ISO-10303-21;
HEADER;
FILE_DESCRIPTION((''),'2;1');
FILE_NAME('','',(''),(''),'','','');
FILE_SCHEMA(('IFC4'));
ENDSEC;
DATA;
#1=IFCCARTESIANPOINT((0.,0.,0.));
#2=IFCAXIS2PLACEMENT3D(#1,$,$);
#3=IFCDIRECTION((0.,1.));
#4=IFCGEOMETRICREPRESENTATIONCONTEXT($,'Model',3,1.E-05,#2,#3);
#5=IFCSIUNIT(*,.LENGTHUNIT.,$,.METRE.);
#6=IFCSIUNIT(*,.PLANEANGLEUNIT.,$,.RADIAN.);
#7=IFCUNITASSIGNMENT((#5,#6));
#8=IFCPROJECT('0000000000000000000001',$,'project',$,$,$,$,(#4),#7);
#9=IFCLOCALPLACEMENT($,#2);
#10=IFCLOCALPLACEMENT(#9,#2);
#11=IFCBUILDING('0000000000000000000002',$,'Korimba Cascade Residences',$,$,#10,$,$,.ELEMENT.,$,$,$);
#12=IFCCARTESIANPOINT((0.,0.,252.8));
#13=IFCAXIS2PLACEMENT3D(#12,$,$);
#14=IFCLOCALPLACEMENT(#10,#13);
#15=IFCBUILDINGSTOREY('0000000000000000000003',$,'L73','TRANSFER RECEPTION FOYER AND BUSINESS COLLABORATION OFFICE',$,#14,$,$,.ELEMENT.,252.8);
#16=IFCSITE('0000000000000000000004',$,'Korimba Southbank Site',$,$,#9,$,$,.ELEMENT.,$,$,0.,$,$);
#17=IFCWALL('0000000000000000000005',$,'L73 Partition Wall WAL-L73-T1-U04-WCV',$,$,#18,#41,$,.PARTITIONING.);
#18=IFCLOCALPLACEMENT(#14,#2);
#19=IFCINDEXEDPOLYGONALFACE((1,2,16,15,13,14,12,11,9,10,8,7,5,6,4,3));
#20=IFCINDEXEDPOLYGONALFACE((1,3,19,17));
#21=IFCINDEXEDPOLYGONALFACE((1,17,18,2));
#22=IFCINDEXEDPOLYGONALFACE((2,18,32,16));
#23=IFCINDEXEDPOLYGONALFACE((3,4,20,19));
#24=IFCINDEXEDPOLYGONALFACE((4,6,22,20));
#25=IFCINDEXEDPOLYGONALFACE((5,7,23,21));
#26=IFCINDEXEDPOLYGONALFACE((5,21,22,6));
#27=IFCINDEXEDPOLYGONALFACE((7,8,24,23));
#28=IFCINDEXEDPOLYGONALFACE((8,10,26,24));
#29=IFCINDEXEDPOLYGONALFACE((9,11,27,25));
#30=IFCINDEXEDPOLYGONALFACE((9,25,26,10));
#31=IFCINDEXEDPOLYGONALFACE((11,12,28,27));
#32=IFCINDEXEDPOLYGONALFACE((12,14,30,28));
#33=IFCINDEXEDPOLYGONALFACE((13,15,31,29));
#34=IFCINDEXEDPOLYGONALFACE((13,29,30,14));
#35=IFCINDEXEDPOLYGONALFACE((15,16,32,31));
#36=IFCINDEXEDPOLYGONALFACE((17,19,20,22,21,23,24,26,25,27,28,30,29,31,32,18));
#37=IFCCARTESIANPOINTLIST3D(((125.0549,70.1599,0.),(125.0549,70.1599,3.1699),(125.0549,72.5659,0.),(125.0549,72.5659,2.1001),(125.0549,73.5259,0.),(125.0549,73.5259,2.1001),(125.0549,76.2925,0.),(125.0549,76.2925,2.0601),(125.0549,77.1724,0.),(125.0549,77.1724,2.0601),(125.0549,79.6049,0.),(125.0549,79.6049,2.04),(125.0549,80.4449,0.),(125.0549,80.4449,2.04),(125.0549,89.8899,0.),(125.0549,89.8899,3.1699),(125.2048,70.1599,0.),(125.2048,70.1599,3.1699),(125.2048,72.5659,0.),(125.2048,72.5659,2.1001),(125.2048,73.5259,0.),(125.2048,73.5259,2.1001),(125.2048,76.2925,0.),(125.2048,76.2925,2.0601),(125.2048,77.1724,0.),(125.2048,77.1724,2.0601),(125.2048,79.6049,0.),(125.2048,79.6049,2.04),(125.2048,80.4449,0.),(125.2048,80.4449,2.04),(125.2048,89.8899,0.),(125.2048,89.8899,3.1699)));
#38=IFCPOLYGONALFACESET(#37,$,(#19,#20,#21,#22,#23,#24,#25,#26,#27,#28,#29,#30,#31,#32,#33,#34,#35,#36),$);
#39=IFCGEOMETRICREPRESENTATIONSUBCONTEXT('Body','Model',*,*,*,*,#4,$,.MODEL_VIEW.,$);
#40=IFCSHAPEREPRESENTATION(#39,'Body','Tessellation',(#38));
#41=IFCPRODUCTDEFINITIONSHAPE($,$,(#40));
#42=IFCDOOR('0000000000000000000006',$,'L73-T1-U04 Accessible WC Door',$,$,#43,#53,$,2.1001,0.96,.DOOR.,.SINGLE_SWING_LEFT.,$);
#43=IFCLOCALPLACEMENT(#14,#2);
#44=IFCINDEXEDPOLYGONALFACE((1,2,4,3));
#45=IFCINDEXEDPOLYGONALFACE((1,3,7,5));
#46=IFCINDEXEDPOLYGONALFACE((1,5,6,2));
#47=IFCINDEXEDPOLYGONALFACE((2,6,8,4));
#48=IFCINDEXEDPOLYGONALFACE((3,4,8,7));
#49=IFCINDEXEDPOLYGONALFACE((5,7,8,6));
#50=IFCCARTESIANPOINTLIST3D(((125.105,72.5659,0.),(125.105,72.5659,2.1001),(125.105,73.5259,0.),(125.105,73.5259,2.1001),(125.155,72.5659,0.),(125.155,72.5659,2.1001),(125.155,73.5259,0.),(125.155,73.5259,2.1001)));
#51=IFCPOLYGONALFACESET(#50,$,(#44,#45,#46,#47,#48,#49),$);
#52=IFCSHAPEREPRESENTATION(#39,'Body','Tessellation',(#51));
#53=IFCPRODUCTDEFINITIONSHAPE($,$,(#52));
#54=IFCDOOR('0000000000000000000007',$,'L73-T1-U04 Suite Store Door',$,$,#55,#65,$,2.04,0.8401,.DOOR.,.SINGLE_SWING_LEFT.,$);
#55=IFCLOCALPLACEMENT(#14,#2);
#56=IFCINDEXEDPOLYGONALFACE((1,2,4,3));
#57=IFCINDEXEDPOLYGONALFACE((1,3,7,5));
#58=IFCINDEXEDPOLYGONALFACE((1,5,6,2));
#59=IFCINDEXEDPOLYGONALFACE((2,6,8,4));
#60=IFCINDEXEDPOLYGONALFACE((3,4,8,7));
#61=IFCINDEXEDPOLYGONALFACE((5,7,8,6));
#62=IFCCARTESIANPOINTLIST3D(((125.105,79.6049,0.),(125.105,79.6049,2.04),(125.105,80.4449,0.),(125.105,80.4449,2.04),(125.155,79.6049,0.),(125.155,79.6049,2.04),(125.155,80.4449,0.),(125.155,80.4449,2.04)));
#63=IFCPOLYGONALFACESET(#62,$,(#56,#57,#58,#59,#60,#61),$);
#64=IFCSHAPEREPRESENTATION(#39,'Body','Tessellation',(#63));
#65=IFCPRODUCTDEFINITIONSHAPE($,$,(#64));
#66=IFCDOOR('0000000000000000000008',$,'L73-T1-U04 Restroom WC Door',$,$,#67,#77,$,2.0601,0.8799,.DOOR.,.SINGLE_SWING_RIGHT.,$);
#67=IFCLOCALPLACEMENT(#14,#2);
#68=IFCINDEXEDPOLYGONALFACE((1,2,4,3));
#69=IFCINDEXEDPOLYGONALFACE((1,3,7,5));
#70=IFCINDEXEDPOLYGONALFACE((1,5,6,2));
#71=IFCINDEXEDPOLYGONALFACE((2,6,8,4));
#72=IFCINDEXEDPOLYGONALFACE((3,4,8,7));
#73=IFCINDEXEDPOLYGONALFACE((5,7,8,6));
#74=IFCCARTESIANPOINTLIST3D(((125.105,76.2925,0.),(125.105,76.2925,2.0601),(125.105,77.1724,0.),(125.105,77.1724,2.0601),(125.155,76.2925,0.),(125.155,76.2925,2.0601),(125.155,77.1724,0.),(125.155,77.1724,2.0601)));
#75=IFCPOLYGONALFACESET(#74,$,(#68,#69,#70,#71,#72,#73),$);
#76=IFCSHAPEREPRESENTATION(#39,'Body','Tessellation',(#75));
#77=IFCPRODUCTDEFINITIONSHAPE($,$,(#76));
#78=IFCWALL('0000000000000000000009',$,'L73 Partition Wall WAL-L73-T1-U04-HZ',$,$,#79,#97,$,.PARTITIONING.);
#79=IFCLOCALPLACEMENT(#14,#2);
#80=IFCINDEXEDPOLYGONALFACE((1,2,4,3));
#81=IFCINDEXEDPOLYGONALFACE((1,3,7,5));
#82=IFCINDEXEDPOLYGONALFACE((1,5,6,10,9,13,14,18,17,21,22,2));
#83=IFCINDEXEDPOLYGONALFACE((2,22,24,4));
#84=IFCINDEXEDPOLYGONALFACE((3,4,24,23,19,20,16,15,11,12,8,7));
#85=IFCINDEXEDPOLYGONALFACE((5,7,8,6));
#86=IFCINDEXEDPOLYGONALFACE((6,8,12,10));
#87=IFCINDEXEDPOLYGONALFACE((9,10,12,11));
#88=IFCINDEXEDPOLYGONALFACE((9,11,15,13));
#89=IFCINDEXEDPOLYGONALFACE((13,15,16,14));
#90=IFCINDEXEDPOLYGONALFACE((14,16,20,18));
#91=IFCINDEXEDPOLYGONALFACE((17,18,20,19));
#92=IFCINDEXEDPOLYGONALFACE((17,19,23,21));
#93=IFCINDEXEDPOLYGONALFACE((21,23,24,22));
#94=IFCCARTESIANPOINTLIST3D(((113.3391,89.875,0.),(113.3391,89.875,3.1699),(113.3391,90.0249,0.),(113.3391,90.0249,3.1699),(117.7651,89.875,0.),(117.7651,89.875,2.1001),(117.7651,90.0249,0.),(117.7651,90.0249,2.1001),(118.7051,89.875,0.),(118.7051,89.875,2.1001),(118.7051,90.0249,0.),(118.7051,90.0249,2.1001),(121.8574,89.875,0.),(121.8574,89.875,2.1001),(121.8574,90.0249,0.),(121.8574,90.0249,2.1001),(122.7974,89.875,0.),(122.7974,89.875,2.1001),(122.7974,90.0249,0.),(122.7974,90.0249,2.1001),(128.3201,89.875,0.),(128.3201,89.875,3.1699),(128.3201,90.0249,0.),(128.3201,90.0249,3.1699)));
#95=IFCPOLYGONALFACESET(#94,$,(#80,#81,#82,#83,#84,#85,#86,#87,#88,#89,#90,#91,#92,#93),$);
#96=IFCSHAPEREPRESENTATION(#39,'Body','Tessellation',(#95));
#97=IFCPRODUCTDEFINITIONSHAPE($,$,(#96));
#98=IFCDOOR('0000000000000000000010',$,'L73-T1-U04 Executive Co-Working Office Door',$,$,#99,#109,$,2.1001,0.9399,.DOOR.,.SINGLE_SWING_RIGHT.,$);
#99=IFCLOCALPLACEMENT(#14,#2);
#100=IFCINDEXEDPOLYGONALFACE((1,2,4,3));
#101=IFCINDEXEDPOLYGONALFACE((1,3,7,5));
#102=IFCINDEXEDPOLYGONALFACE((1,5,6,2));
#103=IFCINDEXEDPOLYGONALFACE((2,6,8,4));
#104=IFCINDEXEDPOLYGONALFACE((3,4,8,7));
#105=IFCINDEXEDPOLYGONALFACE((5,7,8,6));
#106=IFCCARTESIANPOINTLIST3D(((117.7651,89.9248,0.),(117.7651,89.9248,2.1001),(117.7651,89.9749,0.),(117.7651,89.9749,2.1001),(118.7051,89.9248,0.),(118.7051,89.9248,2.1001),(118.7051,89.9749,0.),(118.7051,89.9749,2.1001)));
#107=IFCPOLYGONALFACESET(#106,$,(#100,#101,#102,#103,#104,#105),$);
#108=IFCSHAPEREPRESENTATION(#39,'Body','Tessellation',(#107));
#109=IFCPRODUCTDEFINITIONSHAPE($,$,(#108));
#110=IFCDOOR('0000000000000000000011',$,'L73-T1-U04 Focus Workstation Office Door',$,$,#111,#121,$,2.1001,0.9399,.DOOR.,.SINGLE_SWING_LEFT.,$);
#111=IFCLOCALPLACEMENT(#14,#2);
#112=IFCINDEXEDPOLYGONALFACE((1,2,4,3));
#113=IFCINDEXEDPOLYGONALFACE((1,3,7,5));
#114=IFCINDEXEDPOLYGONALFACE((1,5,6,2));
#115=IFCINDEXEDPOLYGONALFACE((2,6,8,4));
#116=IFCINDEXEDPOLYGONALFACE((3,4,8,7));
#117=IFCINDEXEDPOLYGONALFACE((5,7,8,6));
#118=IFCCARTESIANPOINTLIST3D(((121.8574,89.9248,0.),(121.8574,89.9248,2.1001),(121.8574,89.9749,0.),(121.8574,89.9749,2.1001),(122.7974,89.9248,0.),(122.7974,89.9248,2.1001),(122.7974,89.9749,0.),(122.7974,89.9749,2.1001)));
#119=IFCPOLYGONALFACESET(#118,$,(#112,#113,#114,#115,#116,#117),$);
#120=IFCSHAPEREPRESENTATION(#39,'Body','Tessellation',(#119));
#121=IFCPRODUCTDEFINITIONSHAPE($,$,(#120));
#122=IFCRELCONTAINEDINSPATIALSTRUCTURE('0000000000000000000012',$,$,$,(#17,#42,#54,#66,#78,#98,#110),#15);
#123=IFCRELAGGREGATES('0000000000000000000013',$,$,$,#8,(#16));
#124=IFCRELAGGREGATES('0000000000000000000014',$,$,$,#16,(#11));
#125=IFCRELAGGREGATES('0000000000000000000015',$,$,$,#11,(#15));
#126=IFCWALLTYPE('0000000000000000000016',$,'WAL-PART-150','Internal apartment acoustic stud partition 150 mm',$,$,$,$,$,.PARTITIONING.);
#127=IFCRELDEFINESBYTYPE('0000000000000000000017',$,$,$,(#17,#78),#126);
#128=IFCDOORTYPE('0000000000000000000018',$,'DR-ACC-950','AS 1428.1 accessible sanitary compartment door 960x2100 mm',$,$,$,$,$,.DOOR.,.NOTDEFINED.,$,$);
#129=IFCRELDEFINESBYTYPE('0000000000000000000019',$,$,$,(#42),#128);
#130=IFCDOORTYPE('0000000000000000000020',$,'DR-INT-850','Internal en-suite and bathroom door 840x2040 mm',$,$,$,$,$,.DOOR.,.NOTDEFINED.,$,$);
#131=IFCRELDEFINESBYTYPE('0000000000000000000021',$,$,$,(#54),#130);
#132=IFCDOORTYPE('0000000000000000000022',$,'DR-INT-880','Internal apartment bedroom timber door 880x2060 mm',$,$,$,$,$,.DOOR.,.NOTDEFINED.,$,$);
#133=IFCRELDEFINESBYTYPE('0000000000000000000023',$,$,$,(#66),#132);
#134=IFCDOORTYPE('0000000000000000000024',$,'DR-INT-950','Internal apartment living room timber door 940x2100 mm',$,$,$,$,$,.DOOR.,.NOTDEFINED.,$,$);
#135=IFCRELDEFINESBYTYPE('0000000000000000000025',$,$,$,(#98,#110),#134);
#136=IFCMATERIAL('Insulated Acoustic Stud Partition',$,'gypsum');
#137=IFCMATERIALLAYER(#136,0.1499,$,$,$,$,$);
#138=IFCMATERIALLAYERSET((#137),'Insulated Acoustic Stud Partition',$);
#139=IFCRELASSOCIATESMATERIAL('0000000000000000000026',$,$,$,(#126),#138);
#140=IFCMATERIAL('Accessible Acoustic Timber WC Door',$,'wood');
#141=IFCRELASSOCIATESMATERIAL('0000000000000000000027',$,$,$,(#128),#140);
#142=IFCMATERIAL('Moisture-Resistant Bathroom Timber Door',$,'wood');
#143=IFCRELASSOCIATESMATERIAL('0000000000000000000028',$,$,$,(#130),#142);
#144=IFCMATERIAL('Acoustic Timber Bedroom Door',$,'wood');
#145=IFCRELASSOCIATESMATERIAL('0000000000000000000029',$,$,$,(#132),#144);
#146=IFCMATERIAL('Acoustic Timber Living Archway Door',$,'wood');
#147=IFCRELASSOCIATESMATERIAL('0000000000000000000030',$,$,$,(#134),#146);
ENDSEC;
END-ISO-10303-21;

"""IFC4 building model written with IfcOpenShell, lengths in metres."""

from ifc_helpers import new_model, si_unit, direction, frame, frame_2d, origin, place, context, subcontext, project, spatial, rectangle, extrude, material, layer, layer_set, type_object, element, fill, save


model = new_model("IFC4")

# Units and contexts
model_context = context("Model", 3, precision=1e-05, world=origin(), true_north=direction((0.0, 1.0)))
body_context = subcontext(model_context, "Body", "Model", "MODEL_VIEW")
ifc_project = project(units=[si_unit("LENGTHUNIT", "METRE"), si_unit("PLANEANGLEUNIT", "RADIAN")], contexts=[model_context])

# Site, building, storey
site_placement = place(None, origin())
site = spatial("IfcSite", under=ifc_project, at=site_placement, Name="Korimba Southbank Site", CompositionType="ELEMENT", RefElevation=0.0)
building_placement = place(site_placement, origin())
building = spatial("IfcBuilding", under=site, at=building_placement, Name="Korimba Cascade Residences", CompositionType="ELEMENT")
storey_placement = place(building_placement, frame((0.0, 0.0, 252.8)))
storey = spatial("IfcBuildingStorey", under=building, at=storey_placement, Name="L73", Description="TRANSFER RECEPTION FOYER AND BUSINESS COLLABORATION OFFICE", CompositionType="ELEMENT", Elevation=252.8)

# Shared definitions
ifc_material_1 = material(Name="Insulated Acoustic Stud Partition", Category="gypsum")
ifc_layer_1 = layer(ifc_material_1, 0.1499)
ifc_layer_set_1 = layer_set([ifc_layer_1], Name="Insulated Acoustic Stud Partition")
wall_type_1 = type_object("IfcWallType", Name="WAL-PART-150", Description="Internal apartment acoustic stud partition 150 mm", PredefinedType="PARTITIONING", material=ifc_layer_set_1)

# Walls, openings, doors
wall_1_placement = place(storey_placement, frame((125.1299, 70.1599, 0.0), z_axis=(0.0, 0.0, 1.0), x_axis=(0.0, 1.0, 0.0)))
wall_1 = element("IfcWall", 1, at=wall_1_placement, inside=storey, type_object=wall_type_1, Name="L73 Partition Wall WAL-L73-T1-U04-WCV", PredefinedType="PARTITIONING", context=body_context, shape_type="SweptSolid", body=[
    extrude(rectangle(XDim=19.73, YDim=0.1499, at=frame_2d((9.865, 0.0))), origin(), (0.0, 0.0, 1.0), 3.1699),
])
opening_1_placement = place(wall_1_placement, frame((2.406, 0.0, 0.0)))
opening_1 = element("IfcOpeningElement", 2, at=opening_1_placement, cuts=wall_1, PredefinedType="OPENING", context=body_context, shape_type="SweptSolid", body=[
    extrude(rectangle(XDim=0.96, YDim=2.1001, at=frame_2d((0.48, 1.05))), frame((0.0, 0.085, 0.0), z_axis=(0.0, -1.0, 0.0), x_axis=(1.0, 0.0, 0.0)), (0.0, 0.0, 1.0), 0.1699),
])
opening_2_placement = place(wall_1_placement, frame((6.1326, 0.0, 0.0)))
opening_2 = element("IfcOpeningElement", 3, at=opening_2_placement, cuts=wall_1, PredefinedType="OPENING", context=body_context, shape_type="SweptSolid", body=[
    extrude(rectangle(XDim=0.8799, YDim=2.0601, at=frame_2d((0.4399, 1.03))), frame((0.0, 0.085, 0.0), z_axis=(0.0, -1.0, 0.0), x_axis=(1.0, 0.0, 0.0)), (0.0, 0.0, 1.0), 0.1699),
])
opening_3_placement = place(wall_1_placement, frame((9.4451, 0.0, 0.0)))
opening_3 = element("IfcOpeningElement", 4, at=opening_3_placement, cuts=wall_1, PredefinedType="OPENING", context=body_context, shape_type="SweptSolid", body=[
    extrude(rectangle(XDim=0.8401, YDim=2.04, at=frame_2d((0.4199, 1.02))), frame((0.0, 0.085, 0.0), z_axis=(0.0, -1.0, 0.0), x_axis=(1.0, 0.0, 0.0)), (0.0, 0.0, 1.0), 0.1699),
])
ifc_material_2 = material(Name="Accessible Acoustic Timber WC Door", Category="wood")
door_type_1 = type_object("IfcDoorType", Name="DR-ACC-950", Description="AS 1428.1 accessible sanitary compartment door 960x2100 mm", OperationType="NOTDEFINED", PredefinedType="DOOR", material=ifc_material_2)
door_1_placement = place(opening_1_placement, origin())
door_1 = element("IfcDoor", 5, at=door_1_placement, inside=storey, type_object=door_type_1, Name="L73-T1-U04 Accessible WC Door", OperationType="SINGLE_SWING_LEFT", OverallHeight=2.1001, OverallWidth=0.96, PredefinedType="DOOR", context=body_context, shape_type="SweptSolid", body=[
    extrude(rectangle(XDim=0.96, YDim=2.1001, at=frame_2d((0.48, 1.05))), frame((0.0, 0.0249, 0.0), z_axis=(0.0, -1.0, 0.0), x_axis=(1.0, 0.0, 0.0)), (0.0, 0.0, 1.0), 0.05),
])
fill(opening_1, door_1)
ifc_material_3 = material(Name="Moisture-Resistant Bathroom Timber Door", Category="wood")
door_type_2 = type_object("IfcDoorType", Name="DR-INT-850", Description="Internal en-suite and bathroom door 840x2040 mm", OperationType="NOTDEFINED", PredefinedType="DOOR", material=ifc_material_3)
door_2_placement = place(opening_3_placement, origin())
door_2 = element("IfcDoor", 6, at=door_2_placement, inside=storey, type_object=door_type_2, Name="L73-T1-U04 Suite Store Door", OperationType="SINGLE_SWING_LEFT", OverallHeight=2.04, OverallWidth=0.8401, PredefinedType="DOOR", context=body_context, shape_type="SweptSolid", body=[
    extrude(rectangle(XDim=0.8401, YDim=2.04, at=frame_2d((0.4199, 1.02))), frame((0.0, 0.0249, 0.0), z_axis=(0.0, -1.0, 0.0), x_axis=(1.0, 0.0, 0.0)), (0.0, 0.0, 1.0), 0.05),
])
fill(opening_3, door_2)
ifc_material_4 = material(Name="Acoustic Timber Bedroom Door", Category="wood")
door_type_3 = type_object("IfcDoorType", Name="DR-INT-880", Description="Internal apartment bedroom timber door 880x2060 mm", OperationType="NOTDEFINED", PredefinedType="DOOR", material=ifc_material_4)
door_3_placement = place(opening_2_placement, origin())
door_3 = element("IfcDoor", 7, at=door_3_placement, inside=storey, type_object=door_type_3, Name="L73-T1-U04 Restroom WC Door", OperationType="SINGLE_SWING_RIGHT", OverallHeight=2.0601, OverallWidth=0.8799, PredefinedType="DOOR", context=body_context, shape_type="SweptSolid", body=[
    extrude(rectangle(XDim=0.8799, YDim=2.0601, at=frame_2d((0.4399, 1.03))), frame((0.0, 0.0249, 0.0), z_axis=(0.0, -1.0, 0.0), x_axis=(1.0, 0.0, 0.0)), (0.0, 0.0, 1.0), 0.05),
])
fill(opening_2, door_3)
wall_2_placement = place(storey_placement, frame((113.3391, 89.95, 0.0), z_axis=(0.0, 0.0, 1.0), x_axis=(1.0, 0.0, 0.0)))
wall_2 = element("IfcWall", 8, at=wall_2_placement, inside=storey, type_object=wall_type_1, Name="L73 Partition Wall WAL-L73-T1-U04-HZ", PredefinedType="PARTITIONING", context=body_context, shape_type="SweptSolid", body=[
    extrude(rectangle(XDim=14.981, YDim=0.1499, at=frame_2d((7.4905, 0.0))), origin(), (0.0, 0.0, 1.0), 3.1699),
])
opening_4_placement = place(wall_2_placement, frame((4.426, 0.0, 0.0)))
opening_4 = element("IfcOpeningElement", 9, at=opening_4_placement, cuts=wall_2, PredefinedType="OPENING", context=body_context, shape_type="SweptSolid", body=[
    extrude(rectangle(XDim=0.9399, YDim=2.1001, at=frame_2d((0.47, 1.05))), frame((0.0, 0.085, 0.0), z_axis=(0.0, -1.0, 0.0), x_axis=(1.0, 0.0, 0.0)), (0.0, 0.0, 1.0), 0.1699),
])
opening_5_placement = place(wall_2_placement, frame((8.5183, 0.0, 0.0)))
opening_5 = element("IfcOpeningElement", 10, at=opening_5_placement, cuts=wall_2, PredefinedType="OPENING", context=body_context, shape_type="SweptSolid", body=[
    extrude(rectangle(XDim=0.9399, YDim=2.1001, at=frame_2d((0.47, 1.05))), frame((0.0, 0.085, 0.0), z_axis=(0.0, -1.0, 0.0), x_axis=(1.0, 0.0, 0.0)), (0.0, 0.0, 1.0), 0.1699),
])
ifc_material_5 = material(Name="Acoustic Timber Living Archway Door", Category="wood")
door_type_4 = type_object("IfcDoorType", Name="DR-INT-950", Description="Internal apartment living room timber door 940x2100 mm", OperationType="NOTDEFINED", PredefinedType="DOOR", material=ifc_material_5)
door_4_placement = place(opening_4_placement, origin())
door_4 = element("IfcDoor", 11, at=door_4_placement, inside=storey, type_object=door_type_4, Name="L73-T1-U04 Executive Co-Working Office Door", OperationType="SINGLE_SWING_RIGHT", OverallHeight=2.1001, OverallWidth=0.9399, PredefinedType="DOOR", context=body_context, shape_type="SweptSolid", body=[
    extrude(rectangle(XDim=0.9399, YDim=2.1001, at=frame_2d((0.47, 1.05))), frame((0.0, 0.0249, 0.0), z_axis=(0.0, -1.0, 0.0), x_axis=(1.0, 0.0, 0.0)), (0.0, 0.0, 1.0), 0.05),
])
fill(opening_4, door_4)
door_5_placement = place(opening_5_placement, origin())
door_5 = element("IfcDoor", 12, at=door_5_placement, inside=storey, type_object=door_type_4, Name="L73-T1-U04 Focus Workstation Office Door", OperationType="SINGLE_SWING_LEFT", OverallHeight=2.1001, OverallWidth=0.9399, PredefinedType="DOOR", context=body_context, shape_type="SweptSolid", body=[
    extrude(rectangle(XDim=0.9399, YDim=2.1001, at=frame_2d((0.47, 1.05))), frame((0.0, 0.0249, 0.0), z_axis=(0.0, -1.0, 0.0), x_axis=(1.0, 0.0, 0.0)), (0.0, 0.0, 1.0), 0.05),
])
fill(opening_5, door_5)

save(model, "model.ifc")
